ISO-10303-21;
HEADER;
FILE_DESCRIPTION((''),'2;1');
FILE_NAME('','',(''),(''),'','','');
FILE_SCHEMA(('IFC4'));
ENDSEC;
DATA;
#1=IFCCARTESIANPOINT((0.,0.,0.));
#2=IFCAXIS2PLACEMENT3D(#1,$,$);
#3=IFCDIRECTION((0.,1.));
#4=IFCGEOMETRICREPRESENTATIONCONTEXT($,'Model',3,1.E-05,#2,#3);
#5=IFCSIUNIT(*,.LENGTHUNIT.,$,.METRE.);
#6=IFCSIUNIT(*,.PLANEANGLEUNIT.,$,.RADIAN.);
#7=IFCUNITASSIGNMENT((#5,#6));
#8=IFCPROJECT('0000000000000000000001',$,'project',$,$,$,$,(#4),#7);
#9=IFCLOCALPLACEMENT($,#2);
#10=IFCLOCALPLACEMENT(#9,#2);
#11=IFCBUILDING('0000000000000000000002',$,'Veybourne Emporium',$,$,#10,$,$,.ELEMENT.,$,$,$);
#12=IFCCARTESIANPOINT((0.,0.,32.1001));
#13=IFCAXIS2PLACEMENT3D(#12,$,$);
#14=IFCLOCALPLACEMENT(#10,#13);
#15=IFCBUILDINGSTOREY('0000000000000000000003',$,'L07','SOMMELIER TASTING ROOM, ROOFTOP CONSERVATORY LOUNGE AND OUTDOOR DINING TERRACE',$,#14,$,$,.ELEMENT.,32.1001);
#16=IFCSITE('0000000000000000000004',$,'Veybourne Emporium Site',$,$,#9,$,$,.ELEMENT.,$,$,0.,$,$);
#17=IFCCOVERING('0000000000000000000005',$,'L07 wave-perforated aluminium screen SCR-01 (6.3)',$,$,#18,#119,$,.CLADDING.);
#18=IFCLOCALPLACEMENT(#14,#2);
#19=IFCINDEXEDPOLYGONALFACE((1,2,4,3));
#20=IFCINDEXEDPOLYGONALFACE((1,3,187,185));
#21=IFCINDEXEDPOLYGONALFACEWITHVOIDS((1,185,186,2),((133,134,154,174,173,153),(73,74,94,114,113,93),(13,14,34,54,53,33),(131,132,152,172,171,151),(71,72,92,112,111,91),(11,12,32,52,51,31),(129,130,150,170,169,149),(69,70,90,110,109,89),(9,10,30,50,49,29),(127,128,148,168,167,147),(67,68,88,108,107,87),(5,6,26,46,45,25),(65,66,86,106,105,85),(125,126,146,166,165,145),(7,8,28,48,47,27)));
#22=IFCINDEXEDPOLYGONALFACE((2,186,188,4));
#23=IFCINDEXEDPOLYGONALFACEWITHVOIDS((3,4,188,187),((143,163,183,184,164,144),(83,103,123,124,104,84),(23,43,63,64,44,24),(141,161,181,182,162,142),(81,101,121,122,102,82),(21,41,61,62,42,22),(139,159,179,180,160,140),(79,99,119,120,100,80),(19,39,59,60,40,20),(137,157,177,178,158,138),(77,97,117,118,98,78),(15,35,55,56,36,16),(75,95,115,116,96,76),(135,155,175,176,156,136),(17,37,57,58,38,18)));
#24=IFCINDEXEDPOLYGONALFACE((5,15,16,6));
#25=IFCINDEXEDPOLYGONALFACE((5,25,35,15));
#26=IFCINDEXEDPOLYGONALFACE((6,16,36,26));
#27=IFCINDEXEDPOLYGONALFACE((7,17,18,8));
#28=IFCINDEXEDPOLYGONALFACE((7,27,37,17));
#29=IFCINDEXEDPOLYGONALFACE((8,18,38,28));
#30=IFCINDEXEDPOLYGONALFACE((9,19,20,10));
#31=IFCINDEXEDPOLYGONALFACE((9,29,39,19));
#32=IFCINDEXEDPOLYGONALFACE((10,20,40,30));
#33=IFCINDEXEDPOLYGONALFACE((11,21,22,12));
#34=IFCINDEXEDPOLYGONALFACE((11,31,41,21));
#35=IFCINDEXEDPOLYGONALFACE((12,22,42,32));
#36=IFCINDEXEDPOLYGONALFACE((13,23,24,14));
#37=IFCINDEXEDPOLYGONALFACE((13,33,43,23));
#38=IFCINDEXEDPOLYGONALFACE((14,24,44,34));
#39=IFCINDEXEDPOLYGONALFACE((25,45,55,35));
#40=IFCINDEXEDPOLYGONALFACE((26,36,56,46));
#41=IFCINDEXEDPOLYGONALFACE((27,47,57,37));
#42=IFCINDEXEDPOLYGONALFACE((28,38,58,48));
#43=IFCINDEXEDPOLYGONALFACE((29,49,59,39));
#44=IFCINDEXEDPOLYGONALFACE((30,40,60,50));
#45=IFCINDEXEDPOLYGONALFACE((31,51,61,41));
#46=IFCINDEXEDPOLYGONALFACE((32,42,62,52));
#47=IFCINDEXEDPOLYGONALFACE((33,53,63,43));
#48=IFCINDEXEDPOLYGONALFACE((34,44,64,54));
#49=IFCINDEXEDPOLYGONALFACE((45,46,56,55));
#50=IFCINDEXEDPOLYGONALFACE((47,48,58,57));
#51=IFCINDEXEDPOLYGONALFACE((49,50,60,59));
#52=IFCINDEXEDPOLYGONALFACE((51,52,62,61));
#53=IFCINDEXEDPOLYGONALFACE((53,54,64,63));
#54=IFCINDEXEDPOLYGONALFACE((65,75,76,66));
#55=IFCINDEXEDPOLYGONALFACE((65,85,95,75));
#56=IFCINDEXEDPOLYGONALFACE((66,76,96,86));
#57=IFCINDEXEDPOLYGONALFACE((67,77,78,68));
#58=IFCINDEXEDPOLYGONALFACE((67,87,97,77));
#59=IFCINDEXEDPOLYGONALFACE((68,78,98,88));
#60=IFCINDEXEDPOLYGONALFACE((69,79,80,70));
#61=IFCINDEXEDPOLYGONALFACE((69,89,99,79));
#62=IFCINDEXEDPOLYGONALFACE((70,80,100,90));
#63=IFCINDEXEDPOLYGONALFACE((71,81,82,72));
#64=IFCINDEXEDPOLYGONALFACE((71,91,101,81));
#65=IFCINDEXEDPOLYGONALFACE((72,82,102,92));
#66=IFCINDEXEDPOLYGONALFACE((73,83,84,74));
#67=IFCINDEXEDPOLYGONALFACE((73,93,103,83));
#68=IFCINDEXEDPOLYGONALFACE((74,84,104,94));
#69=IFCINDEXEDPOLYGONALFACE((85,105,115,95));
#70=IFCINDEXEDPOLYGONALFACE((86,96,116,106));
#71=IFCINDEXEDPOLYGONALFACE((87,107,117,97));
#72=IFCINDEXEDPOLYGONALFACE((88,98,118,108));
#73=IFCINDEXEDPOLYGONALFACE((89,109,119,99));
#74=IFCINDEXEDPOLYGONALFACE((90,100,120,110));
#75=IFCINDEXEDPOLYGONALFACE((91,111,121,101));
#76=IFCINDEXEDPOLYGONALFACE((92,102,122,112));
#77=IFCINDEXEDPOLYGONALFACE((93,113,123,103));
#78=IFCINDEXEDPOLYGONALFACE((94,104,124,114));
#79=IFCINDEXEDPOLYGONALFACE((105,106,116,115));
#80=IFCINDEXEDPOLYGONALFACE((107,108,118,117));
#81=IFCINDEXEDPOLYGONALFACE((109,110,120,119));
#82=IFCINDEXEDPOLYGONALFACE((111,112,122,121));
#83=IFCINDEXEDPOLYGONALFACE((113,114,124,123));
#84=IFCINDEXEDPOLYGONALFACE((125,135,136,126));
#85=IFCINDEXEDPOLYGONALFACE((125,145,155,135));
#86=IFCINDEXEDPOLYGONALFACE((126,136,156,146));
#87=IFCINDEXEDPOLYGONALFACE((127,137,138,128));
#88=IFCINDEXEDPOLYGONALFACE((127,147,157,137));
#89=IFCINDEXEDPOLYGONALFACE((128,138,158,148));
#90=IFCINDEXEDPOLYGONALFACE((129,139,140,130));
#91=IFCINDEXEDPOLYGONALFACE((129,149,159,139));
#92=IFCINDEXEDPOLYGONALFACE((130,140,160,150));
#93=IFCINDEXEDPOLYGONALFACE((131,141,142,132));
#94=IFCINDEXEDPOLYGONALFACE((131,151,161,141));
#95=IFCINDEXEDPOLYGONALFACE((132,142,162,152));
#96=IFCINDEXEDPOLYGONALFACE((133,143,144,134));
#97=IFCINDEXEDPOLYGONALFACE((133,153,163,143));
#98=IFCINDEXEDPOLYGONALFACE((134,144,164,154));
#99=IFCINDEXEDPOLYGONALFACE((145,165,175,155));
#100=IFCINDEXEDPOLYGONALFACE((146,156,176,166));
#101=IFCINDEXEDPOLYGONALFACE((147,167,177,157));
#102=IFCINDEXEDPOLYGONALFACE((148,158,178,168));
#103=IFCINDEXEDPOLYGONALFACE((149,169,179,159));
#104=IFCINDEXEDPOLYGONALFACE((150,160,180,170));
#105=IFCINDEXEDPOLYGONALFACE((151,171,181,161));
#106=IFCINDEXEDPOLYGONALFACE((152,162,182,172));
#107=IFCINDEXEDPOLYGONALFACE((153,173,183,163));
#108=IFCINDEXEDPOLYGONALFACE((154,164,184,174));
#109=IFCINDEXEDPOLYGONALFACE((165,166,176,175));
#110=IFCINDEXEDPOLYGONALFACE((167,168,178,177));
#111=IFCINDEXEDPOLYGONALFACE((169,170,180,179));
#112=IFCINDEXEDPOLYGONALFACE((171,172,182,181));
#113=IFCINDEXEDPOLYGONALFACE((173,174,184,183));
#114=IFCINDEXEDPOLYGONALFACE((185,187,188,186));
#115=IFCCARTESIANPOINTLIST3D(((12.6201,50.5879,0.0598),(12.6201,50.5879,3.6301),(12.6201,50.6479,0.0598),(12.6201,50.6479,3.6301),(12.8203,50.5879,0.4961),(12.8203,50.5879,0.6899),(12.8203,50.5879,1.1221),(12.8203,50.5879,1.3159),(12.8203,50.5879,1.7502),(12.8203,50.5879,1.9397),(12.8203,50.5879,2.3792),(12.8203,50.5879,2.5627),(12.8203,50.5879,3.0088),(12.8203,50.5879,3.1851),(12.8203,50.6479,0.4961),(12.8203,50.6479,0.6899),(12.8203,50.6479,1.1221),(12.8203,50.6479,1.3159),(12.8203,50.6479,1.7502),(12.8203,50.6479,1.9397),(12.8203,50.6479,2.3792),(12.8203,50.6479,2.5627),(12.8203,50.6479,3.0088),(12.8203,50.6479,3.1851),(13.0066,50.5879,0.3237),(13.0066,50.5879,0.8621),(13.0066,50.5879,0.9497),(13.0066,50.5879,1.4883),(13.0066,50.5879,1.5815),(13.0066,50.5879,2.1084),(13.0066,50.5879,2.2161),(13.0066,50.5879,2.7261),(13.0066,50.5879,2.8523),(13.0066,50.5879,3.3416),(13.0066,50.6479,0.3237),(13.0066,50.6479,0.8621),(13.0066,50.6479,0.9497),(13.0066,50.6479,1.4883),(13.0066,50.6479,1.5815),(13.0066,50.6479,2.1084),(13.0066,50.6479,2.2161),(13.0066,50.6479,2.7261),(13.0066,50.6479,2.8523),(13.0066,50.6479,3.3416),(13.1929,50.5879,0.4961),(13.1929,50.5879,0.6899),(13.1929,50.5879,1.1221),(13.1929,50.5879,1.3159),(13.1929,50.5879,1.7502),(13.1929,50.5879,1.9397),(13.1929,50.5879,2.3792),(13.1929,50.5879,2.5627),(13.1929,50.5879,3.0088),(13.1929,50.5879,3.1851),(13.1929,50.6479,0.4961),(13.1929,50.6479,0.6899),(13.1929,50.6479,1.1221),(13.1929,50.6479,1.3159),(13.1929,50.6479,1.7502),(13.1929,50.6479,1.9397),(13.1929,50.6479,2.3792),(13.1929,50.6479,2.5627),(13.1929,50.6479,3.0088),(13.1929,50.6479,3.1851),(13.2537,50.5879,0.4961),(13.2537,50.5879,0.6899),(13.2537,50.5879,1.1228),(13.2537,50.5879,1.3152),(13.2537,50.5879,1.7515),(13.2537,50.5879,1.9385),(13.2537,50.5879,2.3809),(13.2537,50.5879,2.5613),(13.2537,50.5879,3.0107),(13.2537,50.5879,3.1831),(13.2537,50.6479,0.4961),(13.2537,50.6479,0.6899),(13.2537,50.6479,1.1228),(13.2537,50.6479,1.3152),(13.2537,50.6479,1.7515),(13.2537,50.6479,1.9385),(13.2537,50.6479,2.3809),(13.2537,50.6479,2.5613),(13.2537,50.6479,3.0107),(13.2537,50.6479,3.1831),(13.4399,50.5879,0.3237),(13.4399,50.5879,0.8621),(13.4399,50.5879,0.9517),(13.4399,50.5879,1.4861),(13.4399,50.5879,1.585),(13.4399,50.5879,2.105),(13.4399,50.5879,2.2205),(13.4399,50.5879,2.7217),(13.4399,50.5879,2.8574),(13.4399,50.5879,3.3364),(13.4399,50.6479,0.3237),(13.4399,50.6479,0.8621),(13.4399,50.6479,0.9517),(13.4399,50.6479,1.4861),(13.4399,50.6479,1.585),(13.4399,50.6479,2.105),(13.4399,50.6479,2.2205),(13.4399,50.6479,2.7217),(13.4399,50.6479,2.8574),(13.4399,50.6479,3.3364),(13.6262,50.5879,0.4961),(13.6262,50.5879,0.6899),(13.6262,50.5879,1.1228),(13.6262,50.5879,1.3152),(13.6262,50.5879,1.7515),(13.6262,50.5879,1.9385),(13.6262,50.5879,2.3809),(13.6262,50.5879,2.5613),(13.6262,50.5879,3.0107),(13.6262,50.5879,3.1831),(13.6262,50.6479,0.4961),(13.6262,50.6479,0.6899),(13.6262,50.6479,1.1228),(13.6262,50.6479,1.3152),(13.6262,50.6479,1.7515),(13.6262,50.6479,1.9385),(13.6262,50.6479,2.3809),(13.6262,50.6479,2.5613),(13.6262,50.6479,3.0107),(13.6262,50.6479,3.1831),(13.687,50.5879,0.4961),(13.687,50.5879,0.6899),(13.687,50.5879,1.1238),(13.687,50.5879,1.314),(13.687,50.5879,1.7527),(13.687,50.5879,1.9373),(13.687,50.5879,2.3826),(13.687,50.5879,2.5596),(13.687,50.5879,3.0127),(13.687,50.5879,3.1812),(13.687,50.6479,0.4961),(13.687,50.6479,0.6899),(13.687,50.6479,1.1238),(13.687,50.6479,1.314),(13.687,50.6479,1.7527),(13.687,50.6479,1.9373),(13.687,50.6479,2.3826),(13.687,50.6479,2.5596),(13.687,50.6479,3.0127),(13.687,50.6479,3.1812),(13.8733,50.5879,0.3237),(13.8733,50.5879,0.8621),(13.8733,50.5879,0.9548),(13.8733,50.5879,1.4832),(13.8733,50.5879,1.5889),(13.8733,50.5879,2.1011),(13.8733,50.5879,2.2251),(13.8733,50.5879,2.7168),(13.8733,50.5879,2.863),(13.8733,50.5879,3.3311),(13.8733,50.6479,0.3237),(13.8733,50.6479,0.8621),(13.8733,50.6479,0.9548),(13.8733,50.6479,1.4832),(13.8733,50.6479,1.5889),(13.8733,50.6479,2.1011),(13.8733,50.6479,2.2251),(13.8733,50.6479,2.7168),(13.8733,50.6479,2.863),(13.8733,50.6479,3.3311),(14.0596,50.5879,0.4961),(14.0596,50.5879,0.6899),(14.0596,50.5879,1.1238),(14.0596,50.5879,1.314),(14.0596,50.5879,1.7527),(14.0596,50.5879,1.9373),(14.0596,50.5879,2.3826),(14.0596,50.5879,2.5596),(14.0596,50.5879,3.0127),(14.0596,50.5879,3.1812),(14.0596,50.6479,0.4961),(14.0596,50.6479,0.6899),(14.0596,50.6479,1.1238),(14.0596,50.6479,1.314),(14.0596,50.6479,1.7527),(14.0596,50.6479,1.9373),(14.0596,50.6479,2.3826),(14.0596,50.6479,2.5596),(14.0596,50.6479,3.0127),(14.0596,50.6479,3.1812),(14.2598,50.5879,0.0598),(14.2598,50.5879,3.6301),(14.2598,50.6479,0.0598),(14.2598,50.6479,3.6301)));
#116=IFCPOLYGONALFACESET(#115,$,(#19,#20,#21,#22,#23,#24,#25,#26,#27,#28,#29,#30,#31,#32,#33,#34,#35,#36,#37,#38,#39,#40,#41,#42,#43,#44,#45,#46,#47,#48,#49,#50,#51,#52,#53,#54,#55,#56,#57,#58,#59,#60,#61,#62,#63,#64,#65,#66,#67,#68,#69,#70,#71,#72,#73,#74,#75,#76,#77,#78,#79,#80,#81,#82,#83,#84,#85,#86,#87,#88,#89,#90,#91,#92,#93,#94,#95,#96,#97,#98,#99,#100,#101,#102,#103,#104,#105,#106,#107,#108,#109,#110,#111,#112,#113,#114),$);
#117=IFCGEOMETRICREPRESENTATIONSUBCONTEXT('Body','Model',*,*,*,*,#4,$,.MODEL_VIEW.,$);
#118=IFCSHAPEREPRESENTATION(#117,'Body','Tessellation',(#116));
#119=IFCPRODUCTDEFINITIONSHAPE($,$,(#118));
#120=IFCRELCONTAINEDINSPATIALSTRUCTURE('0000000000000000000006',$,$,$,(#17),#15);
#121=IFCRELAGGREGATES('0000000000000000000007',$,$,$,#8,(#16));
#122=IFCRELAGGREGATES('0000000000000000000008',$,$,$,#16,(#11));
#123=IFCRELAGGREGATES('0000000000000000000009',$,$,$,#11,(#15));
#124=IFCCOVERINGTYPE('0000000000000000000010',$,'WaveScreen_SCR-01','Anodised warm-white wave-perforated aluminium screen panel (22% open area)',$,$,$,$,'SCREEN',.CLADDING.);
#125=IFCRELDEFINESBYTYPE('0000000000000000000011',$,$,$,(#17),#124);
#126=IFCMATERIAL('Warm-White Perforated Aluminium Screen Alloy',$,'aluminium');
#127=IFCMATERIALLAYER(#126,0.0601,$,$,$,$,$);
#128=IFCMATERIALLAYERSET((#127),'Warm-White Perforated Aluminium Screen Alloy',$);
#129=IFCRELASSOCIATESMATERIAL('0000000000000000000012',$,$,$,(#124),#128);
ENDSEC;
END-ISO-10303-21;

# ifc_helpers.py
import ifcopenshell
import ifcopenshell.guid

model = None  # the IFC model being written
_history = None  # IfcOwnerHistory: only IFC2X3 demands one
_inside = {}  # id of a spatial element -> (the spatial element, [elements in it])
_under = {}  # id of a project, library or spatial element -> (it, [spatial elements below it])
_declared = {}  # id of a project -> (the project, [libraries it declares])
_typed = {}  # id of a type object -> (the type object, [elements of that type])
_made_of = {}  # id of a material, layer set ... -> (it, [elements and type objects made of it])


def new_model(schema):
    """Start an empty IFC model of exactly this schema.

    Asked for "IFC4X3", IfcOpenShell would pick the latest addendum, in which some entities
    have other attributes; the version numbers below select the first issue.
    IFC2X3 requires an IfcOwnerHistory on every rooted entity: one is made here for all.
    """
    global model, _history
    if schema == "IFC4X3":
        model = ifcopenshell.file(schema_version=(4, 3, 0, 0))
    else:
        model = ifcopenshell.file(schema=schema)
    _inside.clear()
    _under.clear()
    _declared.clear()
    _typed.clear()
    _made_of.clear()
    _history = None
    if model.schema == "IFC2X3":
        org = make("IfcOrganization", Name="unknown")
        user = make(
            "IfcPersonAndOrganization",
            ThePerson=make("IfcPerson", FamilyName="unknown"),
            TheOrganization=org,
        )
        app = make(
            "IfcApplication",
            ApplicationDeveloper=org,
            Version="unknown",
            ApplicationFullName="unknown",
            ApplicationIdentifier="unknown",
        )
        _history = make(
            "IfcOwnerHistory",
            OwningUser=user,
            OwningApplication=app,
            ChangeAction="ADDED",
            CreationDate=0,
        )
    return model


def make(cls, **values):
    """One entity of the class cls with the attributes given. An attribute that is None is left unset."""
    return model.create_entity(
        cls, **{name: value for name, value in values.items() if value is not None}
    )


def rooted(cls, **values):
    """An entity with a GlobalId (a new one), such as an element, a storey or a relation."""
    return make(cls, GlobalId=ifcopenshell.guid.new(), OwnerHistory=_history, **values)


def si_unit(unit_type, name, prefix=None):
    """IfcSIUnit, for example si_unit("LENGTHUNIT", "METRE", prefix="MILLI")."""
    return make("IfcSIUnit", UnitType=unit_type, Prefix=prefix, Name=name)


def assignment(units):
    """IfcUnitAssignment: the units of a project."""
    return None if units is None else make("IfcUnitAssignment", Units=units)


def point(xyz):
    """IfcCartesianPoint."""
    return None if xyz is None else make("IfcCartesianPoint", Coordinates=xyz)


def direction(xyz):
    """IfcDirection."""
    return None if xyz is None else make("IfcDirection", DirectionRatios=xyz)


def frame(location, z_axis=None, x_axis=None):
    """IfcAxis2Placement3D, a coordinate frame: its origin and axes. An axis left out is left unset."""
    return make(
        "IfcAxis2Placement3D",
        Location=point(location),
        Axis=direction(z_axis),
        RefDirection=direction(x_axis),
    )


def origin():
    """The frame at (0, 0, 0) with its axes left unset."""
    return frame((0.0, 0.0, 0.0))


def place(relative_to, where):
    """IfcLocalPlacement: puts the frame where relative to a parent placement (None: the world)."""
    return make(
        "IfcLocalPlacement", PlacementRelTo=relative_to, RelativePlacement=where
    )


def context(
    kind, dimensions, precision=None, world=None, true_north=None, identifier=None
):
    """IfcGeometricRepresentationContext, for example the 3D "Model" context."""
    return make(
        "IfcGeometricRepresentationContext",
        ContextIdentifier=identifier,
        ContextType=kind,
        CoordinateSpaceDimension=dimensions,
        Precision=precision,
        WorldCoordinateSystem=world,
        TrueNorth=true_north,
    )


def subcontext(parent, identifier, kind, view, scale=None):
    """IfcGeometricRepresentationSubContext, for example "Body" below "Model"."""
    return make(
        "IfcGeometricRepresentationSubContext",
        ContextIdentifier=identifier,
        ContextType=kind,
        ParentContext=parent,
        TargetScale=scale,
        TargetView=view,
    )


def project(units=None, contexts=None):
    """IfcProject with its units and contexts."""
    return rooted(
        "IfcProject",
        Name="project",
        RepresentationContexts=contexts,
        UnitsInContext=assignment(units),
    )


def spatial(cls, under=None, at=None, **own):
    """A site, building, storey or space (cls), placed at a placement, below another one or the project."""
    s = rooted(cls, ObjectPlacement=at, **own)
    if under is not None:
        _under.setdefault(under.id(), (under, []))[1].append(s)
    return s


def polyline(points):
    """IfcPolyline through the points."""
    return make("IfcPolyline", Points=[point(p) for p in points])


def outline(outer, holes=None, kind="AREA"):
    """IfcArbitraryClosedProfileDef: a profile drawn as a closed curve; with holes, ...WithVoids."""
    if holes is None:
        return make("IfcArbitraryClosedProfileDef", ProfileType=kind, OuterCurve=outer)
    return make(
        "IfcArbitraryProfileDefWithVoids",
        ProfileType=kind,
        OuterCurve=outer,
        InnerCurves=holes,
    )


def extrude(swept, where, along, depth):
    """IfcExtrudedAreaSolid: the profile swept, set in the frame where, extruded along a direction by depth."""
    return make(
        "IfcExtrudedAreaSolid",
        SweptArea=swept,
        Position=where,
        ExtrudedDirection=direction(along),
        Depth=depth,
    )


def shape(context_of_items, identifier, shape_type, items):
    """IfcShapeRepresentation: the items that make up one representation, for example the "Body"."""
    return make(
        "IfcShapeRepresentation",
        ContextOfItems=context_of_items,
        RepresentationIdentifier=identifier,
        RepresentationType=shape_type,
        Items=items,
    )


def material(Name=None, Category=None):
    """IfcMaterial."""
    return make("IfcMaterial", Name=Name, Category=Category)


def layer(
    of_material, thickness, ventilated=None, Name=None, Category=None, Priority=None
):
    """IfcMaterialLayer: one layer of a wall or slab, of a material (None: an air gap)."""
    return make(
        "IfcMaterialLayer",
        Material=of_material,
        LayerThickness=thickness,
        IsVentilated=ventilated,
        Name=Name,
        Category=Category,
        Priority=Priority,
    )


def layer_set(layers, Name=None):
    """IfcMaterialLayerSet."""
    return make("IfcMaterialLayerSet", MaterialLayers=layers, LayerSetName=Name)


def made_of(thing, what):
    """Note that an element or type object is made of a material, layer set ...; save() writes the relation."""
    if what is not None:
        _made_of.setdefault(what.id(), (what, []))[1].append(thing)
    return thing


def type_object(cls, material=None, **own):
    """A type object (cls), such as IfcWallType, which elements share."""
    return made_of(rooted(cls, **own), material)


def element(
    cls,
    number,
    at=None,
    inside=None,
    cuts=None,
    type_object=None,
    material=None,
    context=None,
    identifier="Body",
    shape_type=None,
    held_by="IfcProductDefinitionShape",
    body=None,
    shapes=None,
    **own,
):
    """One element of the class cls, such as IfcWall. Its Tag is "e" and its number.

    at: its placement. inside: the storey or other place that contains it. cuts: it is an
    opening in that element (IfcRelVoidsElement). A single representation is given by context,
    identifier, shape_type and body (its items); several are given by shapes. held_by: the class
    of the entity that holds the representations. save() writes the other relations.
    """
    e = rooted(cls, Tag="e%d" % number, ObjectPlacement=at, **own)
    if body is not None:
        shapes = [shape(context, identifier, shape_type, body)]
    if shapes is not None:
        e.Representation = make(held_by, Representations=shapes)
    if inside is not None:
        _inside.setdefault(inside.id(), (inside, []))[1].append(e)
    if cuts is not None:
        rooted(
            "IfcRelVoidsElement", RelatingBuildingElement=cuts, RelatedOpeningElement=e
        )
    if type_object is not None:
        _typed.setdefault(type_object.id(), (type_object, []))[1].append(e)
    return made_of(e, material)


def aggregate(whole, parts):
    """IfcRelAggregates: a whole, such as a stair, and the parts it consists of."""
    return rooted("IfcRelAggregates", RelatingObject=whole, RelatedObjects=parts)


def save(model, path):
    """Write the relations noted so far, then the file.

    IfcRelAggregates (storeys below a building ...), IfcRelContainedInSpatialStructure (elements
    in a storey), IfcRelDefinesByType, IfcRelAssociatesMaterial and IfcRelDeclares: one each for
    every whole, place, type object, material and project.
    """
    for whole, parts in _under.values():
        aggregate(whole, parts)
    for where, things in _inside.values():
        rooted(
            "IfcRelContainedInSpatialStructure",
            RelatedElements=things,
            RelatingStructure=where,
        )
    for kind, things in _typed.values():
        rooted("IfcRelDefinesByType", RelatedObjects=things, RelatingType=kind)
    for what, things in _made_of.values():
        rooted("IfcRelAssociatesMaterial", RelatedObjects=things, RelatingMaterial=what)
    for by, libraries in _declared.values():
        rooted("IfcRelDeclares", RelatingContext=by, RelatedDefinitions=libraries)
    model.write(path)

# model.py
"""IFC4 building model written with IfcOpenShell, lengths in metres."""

from ifc_helpers import new_model, si_unit, direction, frame, origin, place, context, subcontext, project, spatial, polyline, outline, extrude, material, layer, layer_set, type_object, element, save


model = new_model("IFC4")

# Units and contexts
model_context = context("Model", 3, precision=1e-05, world=origin(), true_north=direction((0.0, 1.0)))
body_context = subcontext(model_context, "Body", "Model", "MODEL_VIEW")
ifc_project = project(units=[si_unit("LENGTHUNIT", "METRE"), si_unit("PLANEANGLEUNIT", "RADIAN")], contexts=[model_context])

# Site, building, storey
site_placement = place(None, origin())
site = spatial("IfcSite", under=ifc_project, at=site_placement, Name="Veybourne Emporium Site", CompositionType="ELEMENT", RefElevation=0.0)
building_placement = place(site_placement, origin())
building = spatial("IfcBuilding", under=site, at=building_placement, Name="Veybourne Emporium", CompositionType="ELEMENT")
storey_placement = place(building_placement, frame((0.0, 0.0, 32.1001)))
storey = spatial("IfcBuildingStorey", under=building, at=storey_placement, Name="L07", Description="SOMMELIER TASTING ROOM, ROOFTOP CONSERVATORY LOUNGE AND OUTDOOR DINING TERRACE", CompositionType="ELEMENT", Elevation=32.1001)

# Covering
ifc_material_1 = material(Name="Warm-White Perforated Aluminium Screen Alloy", Category="aluminium")
ifc_layer_1 = layer(ifc_material_1, 0.0601)
ifc_layer_set_1 = layer_set([ifc_layer_1], Name="Warm-White Perforated Aluminium Screen Alloy")
covering_type_1 = type_object("IfcCoveringType", Name="WaveScreen_SCR-01", Description="Anodised warm-white wave-perforated aluminium screen panel (22% open area)", ElementType="SCREEN", PredefinedType="CLADDING", material=ifc_layer_set_1)
covering_1_placement = place(storey_placement, frame((13.4399, 50.6479, 1.845), z_axis=(0.0, -1.0, 0.0), x_axis=(1.0, 0.0, 0.0)))
element("IfcCovering", 1, at=covering_1_placement, inside=storey, type_object=covering_type_1, Name="L07 wave-perforated aluminium screen SCR-01 (6.3)", PredefinedType="CLADDING", context=body_context, shape_type="SweptSolid", body=[
    extrude(outline(polyline([(-0.8198, -1.7852), (0.8198, -1.7852), (0.8198, 1.7852), (-0.8198, 1.7852), (-0.8198, -1.7852)]), holes=[polyline([(-0.4333, -0.9829), (-0.2471, -1.155), (-0.2471, -1.3489), (-0.4333, -1.5212), (-0.6196, -1.3489), (-0.6196, -1.155), (-0.4333, -0.9829)]), polyline([(-0.4333, -0.3567), (-0.2471, -0.5291), (-0.2471, -0.7229), (-0.4333, -0.8953), (-0.6196, -0.7229), (-0.6196, -0.5291), (-0.4333, -0.3567)]), polyline([(-0.4333, 0.2634), (-0.2471, 0.0947), (-0.2471, -0.0947), (-0.4333, -0.2634), (-0.6196, -0.0947), (-0.6196, 0.0947), (-0.4333, 0.2634)]), polyline([(-0.4333, 0.8811), (-0.2471, 0.7178), (-0.2471, 0.5342), (-0.4333, 0.3711), (-0.6196, 0.5342), (-0.6196, 0.7178), (-0.4333, 0.8811)]), polyline([(-0.4333, 1.4966), (-0.2471, 1.3401), (-0.2471, 1.1638), (-0.4333, 1.0073), (-0.6196, 1.1638), (-0.6196, 1.3401), (-0.4333, 1.4966)]), polyline([(0.0, -0.9829), (0.1863, -1.155), (0.1863, -1.3489), (0.0, -1.5212), (-0.1863, -1.3489), (-0.1863, -1.155), (0.0, -0.9829)]), polyline([(0.0, -0.3589), (0.1863, -0.5298), (0.1863, -0.7222), (0.0, -0.8933), (-0.1863, -0.7222), (-0.1863, -0.5298), (0.0, -0.3589)]), polyline([(0.0, 0.26), (0.1863, 0.0935), (0.1863, -0.0935), (0.0, -0.26), (-0.1863, -0.0935), (-0.1863, 0.0935), (0.0, 0.26)]), polyline([(0.0, 0.8767), (0.1863, 0.7163), (0.1863, 0.5359), (0.0, 0.3755), (-0.1863, 0.5359), (-0.1863, 0.7163), (0.0, 0.8767)]), polyline([(0.0, 1.4915), (0.1863, 1.3381), (0.1863, 1.1658), (0.0, 1.0125), (-0.1863, 1.1658), (-0.1863, 1.3381), (0.0, 1.4915)]), polyline([(0.4333, -0.9829), (0.6196, -1.155), (0.6196, -1.3489), (0.4333, -1.5212), (0.2471, -1.3489), (0.2471, -1.155), (0.4333, -0.9829)]), polyline([(0.4333, -0.3618), (0.6196, -0.531), (0.6196, -0.7212), (0.4333, -0.8901), (0.2471, -0.7212), (0.2471, -0.531), (0.4333, -0.3618)]), polyline([(0.4333, 0.2561), (0.6196, 0.0923), (0.6196, -0.0923), (0.4333, -0.2561), (0.2471, -0.0923), (0.2471, 0.0923), (0.4333, 0.2561)]), polyline([(0.4333, 0.8718), (0.6196, 0.7146), (0.6196, 0.5376), (0.4333, 0.3801), (0.2471, 0.5376), (0.2471, 0.7146), (0.4333, 0.8718)]), polyline([(0.4333, 1.4861), (0.6196, 1.3362), (0.6196, 1.1677), (0.4333, 1.0181), (0.2471, 1.1677), (0.2471, 1.3362), (0.4333, 1.4861)])]), origin(), (0.0, 0.0, 1.0), 0.0601),
])

save(model, "model.ifc")
